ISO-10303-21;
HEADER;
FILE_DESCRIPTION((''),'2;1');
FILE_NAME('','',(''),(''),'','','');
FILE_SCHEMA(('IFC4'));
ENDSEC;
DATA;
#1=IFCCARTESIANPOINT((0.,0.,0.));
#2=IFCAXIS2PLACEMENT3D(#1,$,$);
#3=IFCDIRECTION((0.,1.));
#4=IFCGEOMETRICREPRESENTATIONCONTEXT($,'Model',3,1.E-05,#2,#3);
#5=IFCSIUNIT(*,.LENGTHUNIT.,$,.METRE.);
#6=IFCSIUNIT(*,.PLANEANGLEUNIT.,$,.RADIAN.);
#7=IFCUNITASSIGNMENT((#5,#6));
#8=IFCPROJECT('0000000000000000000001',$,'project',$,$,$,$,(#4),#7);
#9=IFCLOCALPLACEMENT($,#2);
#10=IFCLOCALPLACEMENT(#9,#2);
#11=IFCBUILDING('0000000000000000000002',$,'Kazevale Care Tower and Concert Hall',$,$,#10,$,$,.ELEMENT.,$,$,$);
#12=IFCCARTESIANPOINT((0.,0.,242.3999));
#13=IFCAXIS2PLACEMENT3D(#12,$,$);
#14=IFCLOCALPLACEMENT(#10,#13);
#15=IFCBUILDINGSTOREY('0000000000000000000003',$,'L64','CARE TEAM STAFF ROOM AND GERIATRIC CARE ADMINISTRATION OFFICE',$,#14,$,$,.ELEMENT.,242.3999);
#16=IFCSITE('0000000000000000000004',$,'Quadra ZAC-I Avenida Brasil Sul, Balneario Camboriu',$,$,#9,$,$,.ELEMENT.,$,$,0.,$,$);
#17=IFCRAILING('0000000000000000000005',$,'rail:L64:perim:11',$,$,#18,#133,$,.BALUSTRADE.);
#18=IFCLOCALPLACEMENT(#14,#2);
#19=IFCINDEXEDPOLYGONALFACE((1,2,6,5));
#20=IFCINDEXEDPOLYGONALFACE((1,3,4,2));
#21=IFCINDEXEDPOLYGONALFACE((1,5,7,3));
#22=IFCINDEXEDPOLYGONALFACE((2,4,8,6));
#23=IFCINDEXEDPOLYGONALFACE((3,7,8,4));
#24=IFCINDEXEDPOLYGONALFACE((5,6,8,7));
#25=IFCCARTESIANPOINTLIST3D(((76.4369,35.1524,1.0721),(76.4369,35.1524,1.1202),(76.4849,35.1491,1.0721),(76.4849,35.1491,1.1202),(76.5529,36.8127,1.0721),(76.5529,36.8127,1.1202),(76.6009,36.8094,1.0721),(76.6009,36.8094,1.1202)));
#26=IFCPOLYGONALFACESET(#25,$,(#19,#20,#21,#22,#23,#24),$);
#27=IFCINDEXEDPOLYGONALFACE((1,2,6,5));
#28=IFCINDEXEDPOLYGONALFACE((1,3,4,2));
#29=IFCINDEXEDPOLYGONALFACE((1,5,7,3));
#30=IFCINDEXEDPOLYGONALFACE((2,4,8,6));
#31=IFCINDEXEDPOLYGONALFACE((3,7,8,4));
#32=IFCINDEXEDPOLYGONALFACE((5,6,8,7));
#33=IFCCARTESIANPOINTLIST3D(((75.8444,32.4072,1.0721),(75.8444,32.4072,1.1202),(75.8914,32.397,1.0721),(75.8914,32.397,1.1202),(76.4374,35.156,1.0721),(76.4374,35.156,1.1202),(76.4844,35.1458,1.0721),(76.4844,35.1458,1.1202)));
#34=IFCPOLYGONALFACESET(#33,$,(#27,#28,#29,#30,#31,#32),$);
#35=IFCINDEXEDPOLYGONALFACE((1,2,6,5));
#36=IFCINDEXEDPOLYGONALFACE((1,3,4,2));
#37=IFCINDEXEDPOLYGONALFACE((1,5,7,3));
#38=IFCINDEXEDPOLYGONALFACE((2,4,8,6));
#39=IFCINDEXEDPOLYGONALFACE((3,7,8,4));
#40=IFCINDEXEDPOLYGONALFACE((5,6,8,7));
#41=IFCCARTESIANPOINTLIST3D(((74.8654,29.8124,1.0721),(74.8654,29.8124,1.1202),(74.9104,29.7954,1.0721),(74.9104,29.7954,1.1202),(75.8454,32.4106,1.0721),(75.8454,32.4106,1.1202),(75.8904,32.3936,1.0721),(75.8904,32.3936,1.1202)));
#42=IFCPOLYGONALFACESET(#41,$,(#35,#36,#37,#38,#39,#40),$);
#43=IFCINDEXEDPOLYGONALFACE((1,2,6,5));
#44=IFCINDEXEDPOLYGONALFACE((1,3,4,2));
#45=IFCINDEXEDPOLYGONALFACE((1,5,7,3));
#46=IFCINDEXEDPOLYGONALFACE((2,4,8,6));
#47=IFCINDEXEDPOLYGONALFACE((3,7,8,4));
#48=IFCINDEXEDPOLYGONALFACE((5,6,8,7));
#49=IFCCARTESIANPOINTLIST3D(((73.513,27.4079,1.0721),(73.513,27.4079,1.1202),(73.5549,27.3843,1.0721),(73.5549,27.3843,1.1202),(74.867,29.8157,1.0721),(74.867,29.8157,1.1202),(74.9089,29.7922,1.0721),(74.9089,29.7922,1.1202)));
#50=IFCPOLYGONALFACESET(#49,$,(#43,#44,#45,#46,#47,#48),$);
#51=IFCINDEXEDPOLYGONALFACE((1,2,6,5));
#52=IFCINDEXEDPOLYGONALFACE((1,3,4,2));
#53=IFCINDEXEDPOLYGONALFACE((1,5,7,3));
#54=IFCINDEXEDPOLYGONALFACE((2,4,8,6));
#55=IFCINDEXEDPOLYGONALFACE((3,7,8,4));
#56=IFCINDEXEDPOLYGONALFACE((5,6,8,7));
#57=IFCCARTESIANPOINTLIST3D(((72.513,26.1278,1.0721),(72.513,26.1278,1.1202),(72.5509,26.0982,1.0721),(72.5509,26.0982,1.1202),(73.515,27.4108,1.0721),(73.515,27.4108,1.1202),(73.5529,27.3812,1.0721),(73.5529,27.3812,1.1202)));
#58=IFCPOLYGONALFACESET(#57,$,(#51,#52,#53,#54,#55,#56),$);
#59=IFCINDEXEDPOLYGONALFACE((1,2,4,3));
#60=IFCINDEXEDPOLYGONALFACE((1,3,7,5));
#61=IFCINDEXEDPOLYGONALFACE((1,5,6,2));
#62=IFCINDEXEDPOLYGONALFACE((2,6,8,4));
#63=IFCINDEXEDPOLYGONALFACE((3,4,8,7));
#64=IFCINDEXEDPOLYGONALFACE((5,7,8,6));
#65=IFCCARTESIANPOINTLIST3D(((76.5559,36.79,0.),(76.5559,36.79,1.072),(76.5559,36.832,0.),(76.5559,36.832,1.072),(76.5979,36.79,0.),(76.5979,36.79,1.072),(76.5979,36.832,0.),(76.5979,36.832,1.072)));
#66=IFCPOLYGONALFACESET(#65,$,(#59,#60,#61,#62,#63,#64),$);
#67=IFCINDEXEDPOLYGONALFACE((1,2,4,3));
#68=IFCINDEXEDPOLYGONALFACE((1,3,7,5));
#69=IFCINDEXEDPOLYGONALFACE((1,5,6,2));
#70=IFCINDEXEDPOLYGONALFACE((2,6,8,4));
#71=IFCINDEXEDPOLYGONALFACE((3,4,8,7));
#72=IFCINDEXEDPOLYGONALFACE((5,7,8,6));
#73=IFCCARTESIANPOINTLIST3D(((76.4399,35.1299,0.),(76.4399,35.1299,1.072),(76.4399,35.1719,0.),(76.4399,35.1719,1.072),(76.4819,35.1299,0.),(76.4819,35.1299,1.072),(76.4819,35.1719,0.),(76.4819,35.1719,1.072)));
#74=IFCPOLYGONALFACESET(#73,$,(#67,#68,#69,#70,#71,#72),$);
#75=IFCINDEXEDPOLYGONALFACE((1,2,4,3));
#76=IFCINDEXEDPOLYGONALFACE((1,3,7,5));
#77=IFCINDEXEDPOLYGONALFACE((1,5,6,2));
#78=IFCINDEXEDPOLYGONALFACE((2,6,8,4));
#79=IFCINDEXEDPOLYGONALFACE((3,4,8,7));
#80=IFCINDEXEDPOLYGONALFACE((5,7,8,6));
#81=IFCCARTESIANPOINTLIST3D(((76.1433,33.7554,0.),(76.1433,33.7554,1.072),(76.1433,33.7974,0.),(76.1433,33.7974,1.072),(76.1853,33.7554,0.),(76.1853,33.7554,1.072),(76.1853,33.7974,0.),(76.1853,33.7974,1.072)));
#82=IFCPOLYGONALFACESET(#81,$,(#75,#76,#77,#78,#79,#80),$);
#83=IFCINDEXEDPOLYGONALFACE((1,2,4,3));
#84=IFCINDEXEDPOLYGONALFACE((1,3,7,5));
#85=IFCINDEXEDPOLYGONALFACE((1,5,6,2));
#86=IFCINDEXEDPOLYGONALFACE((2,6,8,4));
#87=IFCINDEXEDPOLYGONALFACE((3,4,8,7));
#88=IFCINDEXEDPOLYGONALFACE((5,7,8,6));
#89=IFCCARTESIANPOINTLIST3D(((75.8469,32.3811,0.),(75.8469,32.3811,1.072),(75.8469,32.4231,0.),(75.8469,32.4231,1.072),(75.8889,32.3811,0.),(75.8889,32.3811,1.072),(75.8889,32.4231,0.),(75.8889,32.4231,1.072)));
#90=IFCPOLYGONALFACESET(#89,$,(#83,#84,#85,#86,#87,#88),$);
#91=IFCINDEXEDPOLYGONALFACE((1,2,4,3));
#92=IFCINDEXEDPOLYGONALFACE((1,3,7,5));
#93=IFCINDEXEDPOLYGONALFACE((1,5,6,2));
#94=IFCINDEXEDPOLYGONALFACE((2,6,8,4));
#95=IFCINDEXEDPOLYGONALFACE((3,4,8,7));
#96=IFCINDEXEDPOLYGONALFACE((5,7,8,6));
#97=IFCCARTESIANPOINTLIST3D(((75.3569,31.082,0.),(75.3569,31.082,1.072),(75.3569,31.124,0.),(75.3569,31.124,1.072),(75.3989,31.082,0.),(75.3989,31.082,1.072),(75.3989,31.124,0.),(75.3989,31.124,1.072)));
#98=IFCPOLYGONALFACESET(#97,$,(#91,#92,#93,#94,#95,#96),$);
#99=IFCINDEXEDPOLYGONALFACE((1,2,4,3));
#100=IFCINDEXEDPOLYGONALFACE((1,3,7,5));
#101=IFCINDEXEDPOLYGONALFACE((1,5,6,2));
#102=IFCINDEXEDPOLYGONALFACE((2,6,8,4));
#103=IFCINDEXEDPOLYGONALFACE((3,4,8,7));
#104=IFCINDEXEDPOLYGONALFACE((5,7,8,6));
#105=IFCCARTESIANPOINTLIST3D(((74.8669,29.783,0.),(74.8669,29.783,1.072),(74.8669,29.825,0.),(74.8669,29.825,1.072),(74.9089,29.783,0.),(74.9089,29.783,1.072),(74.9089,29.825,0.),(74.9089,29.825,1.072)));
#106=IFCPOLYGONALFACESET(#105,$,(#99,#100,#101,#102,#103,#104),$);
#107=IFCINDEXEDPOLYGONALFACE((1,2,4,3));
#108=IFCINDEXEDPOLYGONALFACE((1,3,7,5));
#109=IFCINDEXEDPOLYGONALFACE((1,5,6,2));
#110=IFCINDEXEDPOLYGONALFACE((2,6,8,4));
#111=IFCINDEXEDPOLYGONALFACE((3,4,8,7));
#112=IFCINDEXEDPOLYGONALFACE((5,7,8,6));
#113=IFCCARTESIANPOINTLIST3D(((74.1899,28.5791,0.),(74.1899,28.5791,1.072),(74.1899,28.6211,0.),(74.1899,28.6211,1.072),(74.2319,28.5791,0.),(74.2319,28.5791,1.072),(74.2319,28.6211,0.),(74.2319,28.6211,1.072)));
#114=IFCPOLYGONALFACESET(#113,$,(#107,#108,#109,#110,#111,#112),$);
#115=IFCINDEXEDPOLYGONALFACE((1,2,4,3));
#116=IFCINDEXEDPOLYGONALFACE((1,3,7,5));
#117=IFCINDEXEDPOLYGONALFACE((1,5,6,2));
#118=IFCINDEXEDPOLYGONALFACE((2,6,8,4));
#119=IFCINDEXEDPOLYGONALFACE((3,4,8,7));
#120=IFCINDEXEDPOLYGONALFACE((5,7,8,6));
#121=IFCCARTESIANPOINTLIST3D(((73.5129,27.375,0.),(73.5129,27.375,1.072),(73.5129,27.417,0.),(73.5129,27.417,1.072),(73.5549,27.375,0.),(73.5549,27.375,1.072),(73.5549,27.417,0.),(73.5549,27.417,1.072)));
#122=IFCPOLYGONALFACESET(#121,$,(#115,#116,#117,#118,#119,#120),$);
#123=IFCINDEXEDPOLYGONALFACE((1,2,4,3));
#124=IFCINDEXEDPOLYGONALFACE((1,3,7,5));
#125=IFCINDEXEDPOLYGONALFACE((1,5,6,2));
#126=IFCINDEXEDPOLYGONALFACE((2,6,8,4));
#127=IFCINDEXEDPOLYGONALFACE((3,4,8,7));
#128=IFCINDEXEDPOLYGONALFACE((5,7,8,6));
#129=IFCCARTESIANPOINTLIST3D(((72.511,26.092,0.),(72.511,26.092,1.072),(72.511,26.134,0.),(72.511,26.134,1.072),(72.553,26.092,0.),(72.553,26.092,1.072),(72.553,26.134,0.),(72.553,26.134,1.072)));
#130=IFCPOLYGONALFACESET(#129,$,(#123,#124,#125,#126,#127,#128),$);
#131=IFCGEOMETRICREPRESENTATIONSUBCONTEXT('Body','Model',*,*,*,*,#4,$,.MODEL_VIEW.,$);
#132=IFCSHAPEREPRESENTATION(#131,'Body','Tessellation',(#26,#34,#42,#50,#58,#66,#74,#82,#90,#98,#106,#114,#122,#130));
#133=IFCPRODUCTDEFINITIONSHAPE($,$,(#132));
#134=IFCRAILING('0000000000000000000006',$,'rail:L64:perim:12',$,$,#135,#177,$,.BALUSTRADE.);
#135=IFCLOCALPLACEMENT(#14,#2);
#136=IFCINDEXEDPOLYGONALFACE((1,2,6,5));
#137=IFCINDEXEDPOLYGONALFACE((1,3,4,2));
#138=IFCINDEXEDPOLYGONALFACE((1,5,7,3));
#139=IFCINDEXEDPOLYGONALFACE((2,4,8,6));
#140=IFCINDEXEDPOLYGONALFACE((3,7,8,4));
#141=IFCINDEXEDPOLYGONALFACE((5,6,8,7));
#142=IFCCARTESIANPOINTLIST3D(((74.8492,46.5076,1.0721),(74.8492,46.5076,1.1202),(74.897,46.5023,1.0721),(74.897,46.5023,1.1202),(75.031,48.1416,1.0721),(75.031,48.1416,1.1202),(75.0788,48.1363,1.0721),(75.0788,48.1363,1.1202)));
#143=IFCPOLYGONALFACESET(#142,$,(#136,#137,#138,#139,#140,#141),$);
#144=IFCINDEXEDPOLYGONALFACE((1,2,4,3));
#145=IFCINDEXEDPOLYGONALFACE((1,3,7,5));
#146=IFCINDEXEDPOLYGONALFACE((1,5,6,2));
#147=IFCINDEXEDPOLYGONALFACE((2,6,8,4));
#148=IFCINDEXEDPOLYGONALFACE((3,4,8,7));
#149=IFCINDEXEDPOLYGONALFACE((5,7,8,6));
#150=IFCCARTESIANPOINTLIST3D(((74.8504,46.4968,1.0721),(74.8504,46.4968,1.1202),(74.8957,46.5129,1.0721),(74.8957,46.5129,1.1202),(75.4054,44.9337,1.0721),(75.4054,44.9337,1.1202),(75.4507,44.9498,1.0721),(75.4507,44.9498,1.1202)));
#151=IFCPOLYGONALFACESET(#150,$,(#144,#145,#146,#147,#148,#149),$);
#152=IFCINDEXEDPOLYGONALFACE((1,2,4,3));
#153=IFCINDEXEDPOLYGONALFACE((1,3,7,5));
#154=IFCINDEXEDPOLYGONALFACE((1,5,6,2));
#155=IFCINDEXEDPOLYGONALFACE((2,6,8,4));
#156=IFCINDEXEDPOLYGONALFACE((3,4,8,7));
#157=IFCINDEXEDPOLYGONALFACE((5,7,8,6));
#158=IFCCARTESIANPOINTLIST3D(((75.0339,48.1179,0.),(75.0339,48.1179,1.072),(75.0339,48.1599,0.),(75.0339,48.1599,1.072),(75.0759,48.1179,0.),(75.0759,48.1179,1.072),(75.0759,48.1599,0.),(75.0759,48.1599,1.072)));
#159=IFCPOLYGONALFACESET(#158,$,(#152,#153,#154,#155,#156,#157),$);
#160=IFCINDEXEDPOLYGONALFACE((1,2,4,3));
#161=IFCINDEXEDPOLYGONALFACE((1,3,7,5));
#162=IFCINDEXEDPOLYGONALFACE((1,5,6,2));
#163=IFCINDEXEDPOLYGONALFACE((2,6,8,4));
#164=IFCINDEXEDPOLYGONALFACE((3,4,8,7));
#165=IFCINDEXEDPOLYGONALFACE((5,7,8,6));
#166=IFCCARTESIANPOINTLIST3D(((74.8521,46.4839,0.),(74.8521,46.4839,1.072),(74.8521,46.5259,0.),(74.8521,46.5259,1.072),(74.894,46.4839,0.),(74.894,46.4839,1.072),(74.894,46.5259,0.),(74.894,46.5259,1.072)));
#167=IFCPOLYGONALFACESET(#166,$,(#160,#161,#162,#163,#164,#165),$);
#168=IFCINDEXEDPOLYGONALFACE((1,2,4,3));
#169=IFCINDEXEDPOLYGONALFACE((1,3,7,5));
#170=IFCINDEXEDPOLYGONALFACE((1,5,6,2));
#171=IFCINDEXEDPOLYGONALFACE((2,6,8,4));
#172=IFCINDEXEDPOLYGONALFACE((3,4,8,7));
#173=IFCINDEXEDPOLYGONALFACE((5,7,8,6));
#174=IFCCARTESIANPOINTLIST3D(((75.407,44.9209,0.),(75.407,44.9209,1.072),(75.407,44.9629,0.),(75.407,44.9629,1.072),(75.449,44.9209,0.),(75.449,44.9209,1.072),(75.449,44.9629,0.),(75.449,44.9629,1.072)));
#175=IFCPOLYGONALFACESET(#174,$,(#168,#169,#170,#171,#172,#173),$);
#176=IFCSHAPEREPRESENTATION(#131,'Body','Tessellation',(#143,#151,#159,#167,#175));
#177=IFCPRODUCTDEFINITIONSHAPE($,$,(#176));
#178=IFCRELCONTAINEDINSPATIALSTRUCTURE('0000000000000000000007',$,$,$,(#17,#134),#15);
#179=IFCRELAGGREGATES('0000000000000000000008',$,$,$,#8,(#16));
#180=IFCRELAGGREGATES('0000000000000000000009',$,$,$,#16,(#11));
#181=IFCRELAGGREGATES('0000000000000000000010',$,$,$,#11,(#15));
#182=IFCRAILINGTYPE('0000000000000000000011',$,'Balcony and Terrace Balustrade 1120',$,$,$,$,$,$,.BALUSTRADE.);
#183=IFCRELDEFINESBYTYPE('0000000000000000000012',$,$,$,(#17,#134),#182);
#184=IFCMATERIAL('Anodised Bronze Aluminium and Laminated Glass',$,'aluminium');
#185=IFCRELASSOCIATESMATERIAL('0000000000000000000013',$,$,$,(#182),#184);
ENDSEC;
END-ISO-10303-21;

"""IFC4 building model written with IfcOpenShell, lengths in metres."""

from ifc_helpers import new_model, si_unit, direction, frame, origin, origin_2d, place, context, subcontext, project, spatial, rectangle, extrude, material, type_object, element, save


model = new_model("IFC4")

# Units and contexts
model_context = context("Model", 3, precision=1e-05, world=origin(), true_north=direction((0.0, 1.0)))
body_context = subcontext(model_context, "Body", "Model", "MODEL_VIEW")
ifc_project = project(units=[si_unit("LENGTHUNIT", "METRE"), si_unit("PLANEANGLEUNIT", "RADIAN")], contexts=[model_context])

# Site, building, storey
site_placement = place(None, origin())
site = spatial("IfcSite", under=ifc_project, at=site_placement, Name="Quadra ZAC-I Avenida Brasil Sul, Balneario Camboriu", CompositionType="ELEMENT", RefElevation=0.0)
building_placement = place(site_placement, origin())
building = spatial("IfcBuilding", under=site, at=building_placement, Name="Kazevale Care Tower and Concert Hall", CompositionType="ELEMENT")
storey_placement = place(building_placement, frame((0.0, 0.0, 242.3999)))
storey = spatial("IfcBuildingStorey", under=building, at=storey_placement, Name="L64", Description="CARE TEAM STAFF ROOM AND GERIATRIC CARE ADMINISTRATION OFFICE", CompositionType="ELEMENT", Elevation=242.3999)

# Railings
ifc_material_1 = material(Name="Anodised Bronze Aluminium and Laminated Glass", Category="aluminium")
railing_type = type_object("IfcRailingType", Name="Balcony and Terrace Balustrade 1120", PredefinedType="BALUSTRADE", material=ifc_material_1)
railing_1_placement = place(storey_placement, frame((76.5769, 36.811, 0.0)))
element("IfcRailing", 1, at=railing_1_placement, inside=storey, type_object=railing_type, Name="rail:L64:perim:11", PredefinedType="BALUSTRADE", context=body_context, shape_type="SweptSolid", body=[
    extrude(rectangle(XDim=0.0481, YDim=0.0481, at=origin_2d()), frame((0.0, 0.0, 1.0962), z_axis=(-0.069683, -0.997569, 0.0), x_axis=(0.997569, -0.069683, 0.0)), (0.0, 0.0, 1.0), 1.6643),
    extrude(rectangle(XDim=0.0481, YDim=0.0481, at=origin_2d()), frame((-0.116, -1.6602, 1.0962), z_axis=(-0.210887, -0.977511, 0.0), x_axis=(0.977511, -0.210887, 0.0)), (0.0, 0.0, 1.0), 2.812),
    extrude(rectangle(XDim=0.0481, YDim=0.0481, at=origin_2d()), frame((-0.709, -4.4089, 1.0962), z_axis=(-0.352915, -0.935655, 0.0), x_axis=(0.935655, -0.352915, 0.0)), (0.0, 0.0, 1.0), 2.7769),
    extrude(rectangle(XDim=0.0481, YDim=0.0481, at=origin_2d()), frame((-1.689, -7.0071, 1.0962), z_axis=(-0.490131, -0.871649, 0.0), x_axis=(0.871649, -0.490131, 0.0)), (0.0, 0.0, 1.0), 2.7625),
    extrude(rectangle(XDim=0.0481, YDim=0.0481, at=origin_2d()), frame((-3.043, -9.415, 1.0962), z_axis=(-0.615507, -0.788131, 0.0), x_axis=(0.788131, -0.615507, 0.0)), (0.0, 0.0, 1.0), 1.6279),
    extrude(rectangle(XDim=0.042, YDim=0.042, at=origin_2d()), origin(), (0.0, 0.0, 1.0), 1.072),
    extrude(rectangle(XDim=0.042, YDim=0.042, at=origin_2d()), frame((-0.116, -1.6602, 0.0)), (0.0, 0.0, 1.0), 1.072),
    extrude(rectangle(XDim=0.042, YDim=0.042, at=origin_2d()), frame((-0.4126, -3.0347, 0.0)), (0.0, 0.0, 1.0), 1.072),
    extrude(rectangle(XDim=0.042, YDim=0.042, at=origin_2d()), frame((-0.709, -4.4089, 0.0)), (0.0, 0.0, 1.0), 1.072),
    extrude(rectangle(XDim=0.042, YDim=0.042, at=origin_2d()), frame((-1.199, -5.708, 0.0)), (0.0, 0.0, 1.0), 1.072),
    extrude(rectangle(XDim=0.042, YDim=0.042, at=origin_2d()), frame((-1.689, -7.0071, 0.0)), (0.0, 0.0, 1.0), 1.072),
    extrude(rectangle(XDim=0.042, YDim=0.042, at=origin_2d()), frame((-2.366, -8.2109, 0.0)), (0.0, 0.0, 1.0), 1.072),
    extrude(rectangle(XDim=0.042, YDim=0.042, at=origin_2d()), frame((-3.043, -9.415, 0.0)), (0.0, 0.0, 1.0), 1.072),
    extrude(rectangle(XDim=0.042, YDim=0.042, at=origin_2d()), frame((-4.0449, -10.698, 0.0)), (0.0, 0.0, 1.0), 1.072),
])
railing_2_placement = place(storey_placement, frame((75.0549, 48.1389, 0.0)))
element("IfcRailing", 2, at=railing_2_placement, inside=storey, type_object=railing_type, Name="rail:L64:perim:12", PredefinedType="BALUSTRADE", context=body_context, shape_type="SweptSolid", body=[
    extrude(rectangle(XDim=0.0481, YDim=0.0481, at=origin_2d()), frame((0.0, 0.0, 1.0962), z_axis=(-0.110627, -0.993862, 0.0), x_axis=(0.993862, -0.110627, 0.0)), (0.0, 0.0, 1.0), 1.644),
    extrude(rectangle(XDim=0.0481, YDim=0.0481, at=origin_2d()), frame((-0.1819, -1.634, 1.0962), z_axis=(0.334583, -0.942366, 0.0), x_axis=(0.942366, 0.334583, 0.0)), (0.0, 0.0, 1.0), 1.6587),
    extrude(rectangle(XDim=0.042, YDim=0.042, at=origin_2d()), origin(), (0.0, 0.0, 1.0), 1.072),
    extrude(rectangle(XDim=0.042, YDim=0.042, at=origin_2d()), frame((-0.1819, -1.634, 0.0)), (0.0, 0.0, 1.0), 1.072),
    extrude(rectangle(XDim=0.042, YDim=0.042, at=origin_2d()), frame((0.373, -3.197, 0.0)), (0.0, 0.0, 1.0), 1.072),
])

save(model, "model.ifc")
